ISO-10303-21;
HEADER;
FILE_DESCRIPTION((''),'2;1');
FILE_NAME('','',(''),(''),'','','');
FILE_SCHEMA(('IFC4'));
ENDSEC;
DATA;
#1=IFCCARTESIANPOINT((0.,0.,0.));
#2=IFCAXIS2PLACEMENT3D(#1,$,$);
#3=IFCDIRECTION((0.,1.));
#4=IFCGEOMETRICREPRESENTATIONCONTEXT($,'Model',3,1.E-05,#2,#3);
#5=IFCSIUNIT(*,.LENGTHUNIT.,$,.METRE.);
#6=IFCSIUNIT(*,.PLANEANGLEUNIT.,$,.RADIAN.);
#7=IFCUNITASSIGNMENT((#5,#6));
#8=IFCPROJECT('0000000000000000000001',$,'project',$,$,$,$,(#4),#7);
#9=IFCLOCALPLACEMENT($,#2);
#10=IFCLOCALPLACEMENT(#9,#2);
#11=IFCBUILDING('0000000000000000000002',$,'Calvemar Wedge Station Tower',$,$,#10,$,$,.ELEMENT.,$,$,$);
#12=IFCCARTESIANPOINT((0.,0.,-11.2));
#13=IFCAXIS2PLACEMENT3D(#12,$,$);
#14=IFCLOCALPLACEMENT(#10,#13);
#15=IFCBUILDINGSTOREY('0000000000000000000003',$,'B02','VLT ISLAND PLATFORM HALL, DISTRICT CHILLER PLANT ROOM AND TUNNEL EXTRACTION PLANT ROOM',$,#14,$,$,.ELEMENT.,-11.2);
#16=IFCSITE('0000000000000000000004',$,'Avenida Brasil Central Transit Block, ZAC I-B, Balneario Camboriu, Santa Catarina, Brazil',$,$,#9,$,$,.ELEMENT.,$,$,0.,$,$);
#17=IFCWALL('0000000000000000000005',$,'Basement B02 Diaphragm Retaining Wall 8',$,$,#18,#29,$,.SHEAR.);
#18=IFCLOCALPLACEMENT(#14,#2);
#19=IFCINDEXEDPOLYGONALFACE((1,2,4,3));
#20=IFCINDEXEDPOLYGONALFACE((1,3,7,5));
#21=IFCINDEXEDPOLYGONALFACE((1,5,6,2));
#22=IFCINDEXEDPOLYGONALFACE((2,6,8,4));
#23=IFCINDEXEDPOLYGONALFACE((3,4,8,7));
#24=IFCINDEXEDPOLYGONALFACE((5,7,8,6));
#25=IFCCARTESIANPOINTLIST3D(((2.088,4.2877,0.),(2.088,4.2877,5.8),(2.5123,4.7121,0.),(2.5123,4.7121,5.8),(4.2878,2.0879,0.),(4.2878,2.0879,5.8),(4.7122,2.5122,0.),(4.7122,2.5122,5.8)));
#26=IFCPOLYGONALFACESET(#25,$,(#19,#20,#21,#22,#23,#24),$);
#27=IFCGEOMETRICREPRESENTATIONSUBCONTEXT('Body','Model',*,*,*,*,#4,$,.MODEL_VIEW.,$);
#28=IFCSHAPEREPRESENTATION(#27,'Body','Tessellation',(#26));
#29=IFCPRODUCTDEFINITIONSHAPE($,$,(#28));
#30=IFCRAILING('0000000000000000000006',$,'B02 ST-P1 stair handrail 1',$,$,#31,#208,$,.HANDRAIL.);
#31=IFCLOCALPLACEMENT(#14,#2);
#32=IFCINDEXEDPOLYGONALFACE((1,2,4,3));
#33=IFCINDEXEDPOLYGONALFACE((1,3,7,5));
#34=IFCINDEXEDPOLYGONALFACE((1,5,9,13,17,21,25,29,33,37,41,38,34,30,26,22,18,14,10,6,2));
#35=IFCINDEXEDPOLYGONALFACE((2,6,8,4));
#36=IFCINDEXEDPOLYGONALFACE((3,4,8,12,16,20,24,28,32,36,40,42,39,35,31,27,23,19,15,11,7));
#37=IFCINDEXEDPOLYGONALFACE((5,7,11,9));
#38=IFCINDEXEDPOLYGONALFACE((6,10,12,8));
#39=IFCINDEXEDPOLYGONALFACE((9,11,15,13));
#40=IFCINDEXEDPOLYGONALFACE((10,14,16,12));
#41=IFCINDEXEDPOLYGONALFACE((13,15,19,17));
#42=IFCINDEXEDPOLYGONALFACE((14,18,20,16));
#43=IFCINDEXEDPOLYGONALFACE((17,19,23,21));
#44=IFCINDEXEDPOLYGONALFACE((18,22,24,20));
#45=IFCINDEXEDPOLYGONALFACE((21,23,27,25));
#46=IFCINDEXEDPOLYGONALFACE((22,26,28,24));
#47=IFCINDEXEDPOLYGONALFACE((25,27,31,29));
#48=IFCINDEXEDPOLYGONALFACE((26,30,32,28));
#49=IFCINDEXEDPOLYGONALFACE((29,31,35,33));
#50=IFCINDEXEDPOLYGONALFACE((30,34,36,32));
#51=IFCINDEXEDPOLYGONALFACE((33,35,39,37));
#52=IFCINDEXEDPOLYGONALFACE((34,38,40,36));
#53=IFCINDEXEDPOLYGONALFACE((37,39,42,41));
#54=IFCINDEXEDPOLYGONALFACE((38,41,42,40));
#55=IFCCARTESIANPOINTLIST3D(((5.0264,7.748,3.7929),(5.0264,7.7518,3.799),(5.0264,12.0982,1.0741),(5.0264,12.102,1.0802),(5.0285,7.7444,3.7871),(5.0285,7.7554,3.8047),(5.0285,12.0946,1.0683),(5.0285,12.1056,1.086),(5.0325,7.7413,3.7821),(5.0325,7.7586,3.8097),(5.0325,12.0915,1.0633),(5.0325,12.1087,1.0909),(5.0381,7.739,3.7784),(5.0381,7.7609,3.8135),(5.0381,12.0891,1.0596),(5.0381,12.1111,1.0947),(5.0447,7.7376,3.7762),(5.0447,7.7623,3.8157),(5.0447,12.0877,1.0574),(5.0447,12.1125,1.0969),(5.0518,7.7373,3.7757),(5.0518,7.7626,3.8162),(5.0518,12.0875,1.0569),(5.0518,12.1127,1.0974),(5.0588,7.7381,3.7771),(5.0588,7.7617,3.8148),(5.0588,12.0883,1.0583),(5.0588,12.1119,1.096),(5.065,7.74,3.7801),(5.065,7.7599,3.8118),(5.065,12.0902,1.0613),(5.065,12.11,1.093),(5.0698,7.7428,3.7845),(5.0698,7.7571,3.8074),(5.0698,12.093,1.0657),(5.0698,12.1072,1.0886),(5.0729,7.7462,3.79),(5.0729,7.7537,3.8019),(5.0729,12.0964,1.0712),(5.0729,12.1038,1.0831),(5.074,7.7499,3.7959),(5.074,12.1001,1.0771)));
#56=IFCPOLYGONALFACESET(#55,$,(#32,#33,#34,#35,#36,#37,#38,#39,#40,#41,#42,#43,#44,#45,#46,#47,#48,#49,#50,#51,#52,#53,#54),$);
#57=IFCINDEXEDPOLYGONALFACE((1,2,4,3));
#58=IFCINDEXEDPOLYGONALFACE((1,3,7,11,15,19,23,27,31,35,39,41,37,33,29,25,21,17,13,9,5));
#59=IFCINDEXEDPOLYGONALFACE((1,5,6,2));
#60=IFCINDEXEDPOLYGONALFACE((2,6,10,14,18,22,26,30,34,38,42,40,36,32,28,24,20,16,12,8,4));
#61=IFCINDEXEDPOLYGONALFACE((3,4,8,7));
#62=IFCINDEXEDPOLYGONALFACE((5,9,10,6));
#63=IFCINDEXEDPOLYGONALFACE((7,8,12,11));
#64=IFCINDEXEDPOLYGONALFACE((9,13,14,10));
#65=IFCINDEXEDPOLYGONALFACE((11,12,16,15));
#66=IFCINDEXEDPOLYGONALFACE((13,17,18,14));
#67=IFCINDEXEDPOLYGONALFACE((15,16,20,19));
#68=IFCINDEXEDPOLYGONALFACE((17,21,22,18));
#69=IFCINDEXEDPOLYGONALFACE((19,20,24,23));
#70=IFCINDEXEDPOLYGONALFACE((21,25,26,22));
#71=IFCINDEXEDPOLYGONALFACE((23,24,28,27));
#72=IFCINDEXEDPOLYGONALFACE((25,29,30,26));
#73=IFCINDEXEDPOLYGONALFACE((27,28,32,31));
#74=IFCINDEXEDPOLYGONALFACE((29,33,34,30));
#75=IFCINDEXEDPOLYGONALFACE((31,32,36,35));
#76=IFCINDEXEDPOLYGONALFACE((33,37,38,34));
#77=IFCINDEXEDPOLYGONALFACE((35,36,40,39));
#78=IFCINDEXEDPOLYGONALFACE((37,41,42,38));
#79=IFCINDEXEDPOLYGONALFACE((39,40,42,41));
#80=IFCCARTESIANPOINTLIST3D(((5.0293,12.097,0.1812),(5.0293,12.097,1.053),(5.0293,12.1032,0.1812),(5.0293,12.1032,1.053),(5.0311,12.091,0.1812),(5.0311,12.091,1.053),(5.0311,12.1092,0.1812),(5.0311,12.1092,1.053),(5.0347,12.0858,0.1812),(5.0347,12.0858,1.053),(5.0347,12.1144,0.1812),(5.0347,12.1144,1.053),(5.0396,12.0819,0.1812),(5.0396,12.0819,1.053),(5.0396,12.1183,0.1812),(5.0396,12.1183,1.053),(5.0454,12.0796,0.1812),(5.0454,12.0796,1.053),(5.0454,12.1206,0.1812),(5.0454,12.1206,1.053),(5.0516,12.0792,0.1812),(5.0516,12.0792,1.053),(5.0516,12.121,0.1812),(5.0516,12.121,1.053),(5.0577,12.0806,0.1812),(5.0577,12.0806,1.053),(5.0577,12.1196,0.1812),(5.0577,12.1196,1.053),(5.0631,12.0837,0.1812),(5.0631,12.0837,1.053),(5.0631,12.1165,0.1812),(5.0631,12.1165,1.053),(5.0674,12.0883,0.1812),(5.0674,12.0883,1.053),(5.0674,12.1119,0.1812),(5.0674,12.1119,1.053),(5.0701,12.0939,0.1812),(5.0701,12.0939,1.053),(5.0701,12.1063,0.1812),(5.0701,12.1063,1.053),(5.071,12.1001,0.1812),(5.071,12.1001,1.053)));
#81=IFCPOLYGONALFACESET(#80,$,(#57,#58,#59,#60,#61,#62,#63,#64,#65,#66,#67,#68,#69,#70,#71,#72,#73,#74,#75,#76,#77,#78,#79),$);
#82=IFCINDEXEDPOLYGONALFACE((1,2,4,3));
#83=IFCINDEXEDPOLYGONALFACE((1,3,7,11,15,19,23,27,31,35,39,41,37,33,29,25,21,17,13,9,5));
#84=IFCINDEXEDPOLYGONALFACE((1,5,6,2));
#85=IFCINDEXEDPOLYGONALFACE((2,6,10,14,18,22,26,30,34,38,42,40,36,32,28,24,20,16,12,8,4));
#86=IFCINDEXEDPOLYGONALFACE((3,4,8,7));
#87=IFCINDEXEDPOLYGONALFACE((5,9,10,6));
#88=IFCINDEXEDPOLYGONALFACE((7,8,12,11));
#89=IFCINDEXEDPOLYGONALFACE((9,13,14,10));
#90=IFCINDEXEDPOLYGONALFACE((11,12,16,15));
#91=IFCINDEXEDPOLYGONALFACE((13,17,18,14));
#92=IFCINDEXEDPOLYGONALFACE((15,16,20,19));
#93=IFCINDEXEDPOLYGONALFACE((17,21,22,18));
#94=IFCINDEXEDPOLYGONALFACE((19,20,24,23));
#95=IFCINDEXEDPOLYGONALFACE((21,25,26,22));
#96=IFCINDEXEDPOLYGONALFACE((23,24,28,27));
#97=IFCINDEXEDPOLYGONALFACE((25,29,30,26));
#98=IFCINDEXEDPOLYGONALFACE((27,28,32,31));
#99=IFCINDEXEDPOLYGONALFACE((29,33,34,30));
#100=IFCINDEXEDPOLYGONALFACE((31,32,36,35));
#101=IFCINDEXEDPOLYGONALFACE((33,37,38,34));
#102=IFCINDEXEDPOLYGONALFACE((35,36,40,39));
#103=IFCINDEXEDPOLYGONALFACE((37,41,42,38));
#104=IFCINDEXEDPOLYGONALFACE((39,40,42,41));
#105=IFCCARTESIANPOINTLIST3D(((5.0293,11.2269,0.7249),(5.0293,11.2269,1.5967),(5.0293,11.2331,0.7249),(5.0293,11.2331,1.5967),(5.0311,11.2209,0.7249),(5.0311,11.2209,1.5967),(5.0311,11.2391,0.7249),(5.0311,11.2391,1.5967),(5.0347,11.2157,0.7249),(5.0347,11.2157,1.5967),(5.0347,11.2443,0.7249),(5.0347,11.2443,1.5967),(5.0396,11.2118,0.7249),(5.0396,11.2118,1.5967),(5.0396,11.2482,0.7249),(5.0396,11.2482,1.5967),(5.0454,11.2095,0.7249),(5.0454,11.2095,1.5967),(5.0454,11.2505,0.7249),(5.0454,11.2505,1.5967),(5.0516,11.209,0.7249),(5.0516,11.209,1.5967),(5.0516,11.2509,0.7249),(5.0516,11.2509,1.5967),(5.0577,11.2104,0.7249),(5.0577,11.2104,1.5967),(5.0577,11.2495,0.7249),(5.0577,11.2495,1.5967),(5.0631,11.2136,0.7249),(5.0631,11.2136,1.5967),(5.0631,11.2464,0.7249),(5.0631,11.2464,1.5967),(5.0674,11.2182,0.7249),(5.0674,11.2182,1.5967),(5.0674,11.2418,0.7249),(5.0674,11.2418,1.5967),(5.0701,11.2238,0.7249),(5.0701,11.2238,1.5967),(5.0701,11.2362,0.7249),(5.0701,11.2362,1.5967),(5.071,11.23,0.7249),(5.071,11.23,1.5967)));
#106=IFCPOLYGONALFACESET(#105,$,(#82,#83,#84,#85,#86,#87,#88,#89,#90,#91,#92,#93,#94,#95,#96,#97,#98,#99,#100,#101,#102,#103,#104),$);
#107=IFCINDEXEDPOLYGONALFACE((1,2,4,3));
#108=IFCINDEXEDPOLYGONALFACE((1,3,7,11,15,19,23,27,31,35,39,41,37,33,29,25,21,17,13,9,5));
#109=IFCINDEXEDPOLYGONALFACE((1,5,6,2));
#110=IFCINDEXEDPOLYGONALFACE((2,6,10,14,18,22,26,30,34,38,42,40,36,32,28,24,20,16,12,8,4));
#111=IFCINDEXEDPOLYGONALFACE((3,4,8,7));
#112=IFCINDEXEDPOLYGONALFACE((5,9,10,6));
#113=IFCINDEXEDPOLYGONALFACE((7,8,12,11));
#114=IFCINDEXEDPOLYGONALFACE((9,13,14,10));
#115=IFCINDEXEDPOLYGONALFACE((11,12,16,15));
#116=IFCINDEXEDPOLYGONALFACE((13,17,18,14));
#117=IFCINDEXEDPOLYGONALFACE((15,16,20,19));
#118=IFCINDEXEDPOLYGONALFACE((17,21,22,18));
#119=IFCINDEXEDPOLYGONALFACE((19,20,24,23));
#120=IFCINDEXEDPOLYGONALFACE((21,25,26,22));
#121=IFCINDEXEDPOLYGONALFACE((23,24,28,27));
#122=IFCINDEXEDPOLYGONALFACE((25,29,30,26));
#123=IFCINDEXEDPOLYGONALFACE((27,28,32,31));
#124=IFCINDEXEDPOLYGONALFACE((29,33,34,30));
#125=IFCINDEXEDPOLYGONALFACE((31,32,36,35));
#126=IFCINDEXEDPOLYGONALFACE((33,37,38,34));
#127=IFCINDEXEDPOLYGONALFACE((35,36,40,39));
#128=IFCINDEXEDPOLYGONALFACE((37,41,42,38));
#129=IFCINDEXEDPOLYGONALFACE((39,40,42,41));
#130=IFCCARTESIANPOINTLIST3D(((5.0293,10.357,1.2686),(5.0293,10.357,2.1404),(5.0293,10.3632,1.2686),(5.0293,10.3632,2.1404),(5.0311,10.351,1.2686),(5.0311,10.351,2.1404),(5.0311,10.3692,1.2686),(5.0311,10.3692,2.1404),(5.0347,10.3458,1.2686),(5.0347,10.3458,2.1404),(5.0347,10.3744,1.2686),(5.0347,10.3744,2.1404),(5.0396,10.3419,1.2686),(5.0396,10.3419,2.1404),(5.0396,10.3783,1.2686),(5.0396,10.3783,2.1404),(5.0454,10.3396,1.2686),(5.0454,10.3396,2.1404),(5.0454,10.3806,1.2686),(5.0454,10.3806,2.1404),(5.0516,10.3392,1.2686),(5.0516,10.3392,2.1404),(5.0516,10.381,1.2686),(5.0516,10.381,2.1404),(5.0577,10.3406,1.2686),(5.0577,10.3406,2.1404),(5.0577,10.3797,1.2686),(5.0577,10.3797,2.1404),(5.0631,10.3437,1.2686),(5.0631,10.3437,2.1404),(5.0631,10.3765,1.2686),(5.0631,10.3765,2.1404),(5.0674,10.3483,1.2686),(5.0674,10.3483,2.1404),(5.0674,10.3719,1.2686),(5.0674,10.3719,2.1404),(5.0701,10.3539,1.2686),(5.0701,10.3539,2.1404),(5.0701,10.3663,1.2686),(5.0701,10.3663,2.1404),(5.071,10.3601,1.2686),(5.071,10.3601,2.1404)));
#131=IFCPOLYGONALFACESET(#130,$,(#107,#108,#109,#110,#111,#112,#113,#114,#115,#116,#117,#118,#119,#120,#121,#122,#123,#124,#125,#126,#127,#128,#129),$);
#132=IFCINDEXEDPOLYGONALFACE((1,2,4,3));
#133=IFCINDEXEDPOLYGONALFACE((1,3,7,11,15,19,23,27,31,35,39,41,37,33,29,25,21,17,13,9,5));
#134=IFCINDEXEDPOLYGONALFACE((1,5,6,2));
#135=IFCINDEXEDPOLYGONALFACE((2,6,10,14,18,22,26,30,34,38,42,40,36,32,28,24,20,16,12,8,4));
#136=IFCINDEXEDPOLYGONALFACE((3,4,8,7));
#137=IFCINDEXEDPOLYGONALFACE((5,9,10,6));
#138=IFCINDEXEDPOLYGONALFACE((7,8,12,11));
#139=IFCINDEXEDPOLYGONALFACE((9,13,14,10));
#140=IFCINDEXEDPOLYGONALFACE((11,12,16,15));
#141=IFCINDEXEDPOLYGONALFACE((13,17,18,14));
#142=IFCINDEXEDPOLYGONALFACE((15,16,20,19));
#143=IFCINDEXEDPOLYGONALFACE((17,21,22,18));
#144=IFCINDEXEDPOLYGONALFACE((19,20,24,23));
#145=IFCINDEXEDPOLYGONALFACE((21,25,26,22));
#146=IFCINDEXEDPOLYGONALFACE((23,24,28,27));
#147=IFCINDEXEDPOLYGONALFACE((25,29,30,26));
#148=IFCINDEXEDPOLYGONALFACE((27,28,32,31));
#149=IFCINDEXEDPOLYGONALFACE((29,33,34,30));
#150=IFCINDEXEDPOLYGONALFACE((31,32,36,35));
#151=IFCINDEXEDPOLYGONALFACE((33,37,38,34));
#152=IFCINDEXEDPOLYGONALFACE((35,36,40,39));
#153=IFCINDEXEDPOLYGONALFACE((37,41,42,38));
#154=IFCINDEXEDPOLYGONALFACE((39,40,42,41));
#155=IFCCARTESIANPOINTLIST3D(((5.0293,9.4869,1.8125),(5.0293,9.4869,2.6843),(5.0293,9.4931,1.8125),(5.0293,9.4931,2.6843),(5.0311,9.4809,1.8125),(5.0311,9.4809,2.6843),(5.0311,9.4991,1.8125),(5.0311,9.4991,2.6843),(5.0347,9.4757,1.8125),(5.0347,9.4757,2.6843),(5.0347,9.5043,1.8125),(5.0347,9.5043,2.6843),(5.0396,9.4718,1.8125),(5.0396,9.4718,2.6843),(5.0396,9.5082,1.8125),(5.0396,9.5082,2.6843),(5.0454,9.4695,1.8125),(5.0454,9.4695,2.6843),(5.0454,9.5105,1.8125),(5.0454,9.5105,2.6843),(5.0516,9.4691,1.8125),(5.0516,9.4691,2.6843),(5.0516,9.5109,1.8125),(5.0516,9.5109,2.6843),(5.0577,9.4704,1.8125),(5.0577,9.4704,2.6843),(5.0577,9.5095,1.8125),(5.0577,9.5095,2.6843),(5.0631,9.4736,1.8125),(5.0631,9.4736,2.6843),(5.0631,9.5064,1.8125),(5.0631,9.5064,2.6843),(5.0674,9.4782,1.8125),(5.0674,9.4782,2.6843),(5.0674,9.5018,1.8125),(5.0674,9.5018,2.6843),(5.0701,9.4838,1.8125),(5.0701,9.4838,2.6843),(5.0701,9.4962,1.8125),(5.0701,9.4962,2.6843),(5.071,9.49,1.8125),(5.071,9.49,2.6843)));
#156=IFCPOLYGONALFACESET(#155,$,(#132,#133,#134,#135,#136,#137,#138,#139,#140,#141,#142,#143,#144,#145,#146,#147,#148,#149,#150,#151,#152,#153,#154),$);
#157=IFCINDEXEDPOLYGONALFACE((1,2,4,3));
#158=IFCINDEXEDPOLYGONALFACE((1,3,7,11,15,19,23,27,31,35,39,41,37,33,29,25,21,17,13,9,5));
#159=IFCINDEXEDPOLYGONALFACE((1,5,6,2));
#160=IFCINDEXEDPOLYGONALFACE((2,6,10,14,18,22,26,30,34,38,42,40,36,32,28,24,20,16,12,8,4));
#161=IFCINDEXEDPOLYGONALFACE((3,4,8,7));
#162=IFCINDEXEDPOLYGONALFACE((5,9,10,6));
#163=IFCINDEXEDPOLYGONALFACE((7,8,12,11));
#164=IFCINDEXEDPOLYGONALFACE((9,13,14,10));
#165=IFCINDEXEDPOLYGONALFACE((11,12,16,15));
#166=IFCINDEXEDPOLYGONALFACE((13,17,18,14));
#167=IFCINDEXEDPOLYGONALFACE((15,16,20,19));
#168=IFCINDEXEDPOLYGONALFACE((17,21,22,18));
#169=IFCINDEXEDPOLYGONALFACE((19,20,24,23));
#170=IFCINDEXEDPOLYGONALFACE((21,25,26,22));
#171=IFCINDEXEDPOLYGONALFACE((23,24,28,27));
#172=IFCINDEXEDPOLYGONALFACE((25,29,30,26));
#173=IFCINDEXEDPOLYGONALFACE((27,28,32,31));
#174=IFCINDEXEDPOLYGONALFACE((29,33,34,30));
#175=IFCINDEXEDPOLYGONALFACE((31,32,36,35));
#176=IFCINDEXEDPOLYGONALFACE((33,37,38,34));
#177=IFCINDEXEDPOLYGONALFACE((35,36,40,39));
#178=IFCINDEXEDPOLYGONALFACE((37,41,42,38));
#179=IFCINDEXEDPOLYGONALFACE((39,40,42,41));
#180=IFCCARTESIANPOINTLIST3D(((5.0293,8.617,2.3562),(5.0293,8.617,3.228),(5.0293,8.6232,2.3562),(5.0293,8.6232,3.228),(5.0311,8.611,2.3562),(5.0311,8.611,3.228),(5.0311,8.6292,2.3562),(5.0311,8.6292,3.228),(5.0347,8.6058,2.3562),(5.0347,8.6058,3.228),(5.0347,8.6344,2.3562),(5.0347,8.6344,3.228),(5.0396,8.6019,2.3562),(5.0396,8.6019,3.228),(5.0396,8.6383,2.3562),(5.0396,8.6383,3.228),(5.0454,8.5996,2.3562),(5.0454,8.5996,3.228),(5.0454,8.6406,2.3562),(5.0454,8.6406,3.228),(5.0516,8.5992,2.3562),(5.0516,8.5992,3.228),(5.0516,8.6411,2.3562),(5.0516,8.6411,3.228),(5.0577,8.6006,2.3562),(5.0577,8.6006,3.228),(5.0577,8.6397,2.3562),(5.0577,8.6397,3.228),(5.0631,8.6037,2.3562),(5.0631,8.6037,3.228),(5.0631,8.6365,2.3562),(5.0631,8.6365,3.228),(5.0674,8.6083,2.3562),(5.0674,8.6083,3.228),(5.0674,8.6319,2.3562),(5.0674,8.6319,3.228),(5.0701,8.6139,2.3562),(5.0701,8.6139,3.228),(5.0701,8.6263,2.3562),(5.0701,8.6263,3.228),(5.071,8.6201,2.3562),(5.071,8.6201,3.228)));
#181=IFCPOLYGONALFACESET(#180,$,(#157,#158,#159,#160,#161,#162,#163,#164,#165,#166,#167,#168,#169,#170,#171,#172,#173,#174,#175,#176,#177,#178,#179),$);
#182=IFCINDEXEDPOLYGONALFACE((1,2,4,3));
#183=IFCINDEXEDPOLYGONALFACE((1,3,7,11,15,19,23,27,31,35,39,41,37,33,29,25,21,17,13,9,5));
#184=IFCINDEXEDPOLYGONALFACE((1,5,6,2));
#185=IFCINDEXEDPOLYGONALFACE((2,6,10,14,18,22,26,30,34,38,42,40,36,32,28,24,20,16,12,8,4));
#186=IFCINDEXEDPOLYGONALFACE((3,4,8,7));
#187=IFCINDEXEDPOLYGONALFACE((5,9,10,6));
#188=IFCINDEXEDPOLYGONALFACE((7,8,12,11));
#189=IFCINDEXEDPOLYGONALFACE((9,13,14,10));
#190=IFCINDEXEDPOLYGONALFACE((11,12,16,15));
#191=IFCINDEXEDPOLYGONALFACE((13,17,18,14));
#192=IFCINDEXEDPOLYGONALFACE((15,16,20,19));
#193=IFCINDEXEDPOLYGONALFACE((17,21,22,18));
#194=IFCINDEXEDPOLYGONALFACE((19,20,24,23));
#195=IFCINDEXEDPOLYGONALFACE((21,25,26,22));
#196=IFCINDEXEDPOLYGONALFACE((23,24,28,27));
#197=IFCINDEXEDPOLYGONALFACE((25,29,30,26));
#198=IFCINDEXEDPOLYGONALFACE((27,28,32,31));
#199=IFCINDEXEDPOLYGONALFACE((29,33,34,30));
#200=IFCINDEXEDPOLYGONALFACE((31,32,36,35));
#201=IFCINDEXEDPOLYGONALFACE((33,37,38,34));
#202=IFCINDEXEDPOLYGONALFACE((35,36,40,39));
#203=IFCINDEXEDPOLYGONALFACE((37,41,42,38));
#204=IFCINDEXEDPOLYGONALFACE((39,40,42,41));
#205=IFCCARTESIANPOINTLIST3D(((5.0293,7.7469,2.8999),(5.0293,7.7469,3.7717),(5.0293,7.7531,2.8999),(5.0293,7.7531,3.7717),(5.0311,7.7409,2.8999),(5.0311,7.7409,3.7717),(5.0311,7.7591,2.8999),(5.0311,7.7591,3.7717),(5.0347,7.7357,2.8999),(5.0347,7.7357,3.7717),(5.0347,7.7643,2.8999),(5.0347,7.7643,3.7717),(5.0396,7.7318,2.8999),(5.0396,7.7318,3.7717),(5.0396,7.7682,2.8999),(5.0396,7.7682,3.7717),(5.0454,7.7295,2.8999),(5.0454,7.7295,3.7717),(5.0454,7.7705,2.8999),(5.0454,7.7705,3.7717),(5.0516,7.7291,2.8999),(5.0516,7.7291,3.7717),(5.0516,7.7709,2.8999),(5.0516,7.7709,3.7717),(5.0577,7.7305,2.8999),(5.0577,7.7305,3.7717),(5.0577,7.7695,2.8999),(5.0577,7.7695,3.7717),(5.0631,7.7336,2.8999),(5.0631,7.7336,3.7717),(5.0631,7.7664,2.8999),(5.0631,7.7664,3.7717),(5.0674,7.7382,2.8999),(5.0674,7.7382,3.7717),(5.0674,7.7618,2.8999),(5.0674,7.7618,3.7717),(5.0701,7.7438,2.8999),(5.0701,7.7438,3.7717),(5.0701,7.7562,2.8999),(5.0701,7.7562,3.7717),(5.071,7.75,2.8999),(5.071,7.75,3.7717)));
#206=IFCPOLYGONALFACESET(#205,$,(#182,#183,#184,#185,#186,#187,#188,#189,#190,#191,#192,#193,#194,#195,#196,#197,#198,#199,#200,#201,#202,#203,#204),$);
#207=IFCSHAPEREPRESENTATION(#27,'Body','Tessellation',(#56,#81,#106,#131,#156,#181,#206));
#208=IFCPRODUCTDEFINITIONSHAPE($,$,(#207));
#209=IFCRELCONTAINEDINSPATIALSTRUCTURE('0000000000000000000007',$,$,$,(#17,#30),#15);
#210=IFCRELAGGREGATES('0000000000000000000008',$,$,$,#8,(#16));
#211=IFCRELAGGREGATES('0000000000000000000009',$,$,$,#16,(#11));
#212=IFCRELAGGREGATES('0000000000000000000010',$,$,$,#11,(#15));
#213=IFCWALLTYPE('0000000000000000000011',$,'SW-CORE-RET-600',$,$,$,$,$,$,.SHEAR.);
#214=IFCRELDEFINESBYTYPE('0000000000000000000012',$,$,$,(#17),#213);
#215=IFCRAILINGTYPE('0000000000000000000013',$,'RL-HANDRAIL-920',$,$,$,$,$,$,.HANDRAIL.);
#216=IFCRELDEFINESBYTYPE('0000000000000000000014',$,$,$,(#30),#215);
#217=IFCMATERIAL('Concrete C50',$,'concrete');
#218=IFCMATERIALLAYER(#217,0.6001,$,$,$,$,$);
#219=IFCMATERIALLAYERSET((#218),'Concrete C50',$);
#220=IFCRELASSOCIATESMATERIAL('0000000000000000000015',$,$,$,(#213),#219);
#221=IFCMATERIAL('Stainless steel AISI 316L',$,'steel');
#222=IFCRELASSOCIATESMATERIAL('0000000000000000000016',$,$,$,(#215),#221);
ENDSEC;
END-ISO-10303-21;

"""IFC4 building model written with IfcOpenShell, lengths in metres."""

from ifc_helpers import new_model, si_unit, direction, frame, frame_2d, origin, origin_2d, place, context, subcontext, project, spatial, rectangle, circle, extrude, material, layer, layer_set, type_object, element, save


model = new_model("IFC4")

# Units and contexts
model_context = context("Model", 3, precision=1e-05, world=origin(), true_north=direction((0.0, 1.0)))
body_context = subcontext(model_context, "Body", "Model", "MODEL_VIEW")
ifc_project = project(units=[si_unit("LENGTHUNIT", "METRE"), si_unit("PLANEANGLEUNIT", "RADIAN")], contexts=[model_context])

# Site, building, storey
site_placement = place(None, origin())
site = spatial("IfcSite", under=ifc_project, at=site_placement, Name="Avenida Brasil Central Transit Block, ZAC I-B, Balneario Camboriu, Santa Catarina, Brazil", CompositionType="ELEMENT", RefElevation=0.0)
building_placement = place(site_placement, origin())
building = spatial("IfcBuilding", under=site, at=building_placement, Name="Calvemar Wedge Station Tower", CompositionType="ELEMENT")
storey_placement = place(building_placement, frame((0.0, 0.0, -11.2)))
storey = spatial("IfcBuildingStorey", under=building, at=storey_placement, Name="B02", Description="VLT ISLAND PLATFORM HALL, DISTRICT CHILLER PLANT ROOM AND TUNNEL EXTRACTION PLANT ROOM", CompositionType="ELEMENT", Elevation=-11.2)

# Shared definitions
ifc_material_1 = material(Name="Concrete C50", Category="concrete")

# Wall
ifc_layer_1 = layer(ifc_material_1, 0.6001)
ifc_layer_set_1 = layer_set([ifc_layer_1], Name="Concrete C50")
wall_type_1 = type_object("IfcWallType", Name="SW-CORE-RET-600", PredefinedType="SHEAR", material=ifc_layer_set_1)
wall_1_placement = place(storey_placement, frame((2.3, 4.5, 0.0), z_axis=(0.0, 0.0, 1.0), x_axis=(0.707107, -0.707107, 0.0)))
element("IfcWall", 1, at=wall_1_placement, inside=storey, type_object=wall_type_1, Name="Basement B02 Diaphragm Retaining Wall 8", PredefinedType="SHEAR", context=body_context, shape_type="SweptSolid", body=[
    extrude(rectangle(XDim=3.1111, YDim=0.6001, at=frame_2d((1.5557, 0.0))), origin(), (0.0, 0.0, 1.0), 5.8),
])

# Railing
ifc_material_2 = material(Name="Stainless steel AISI 316L", Category="steel")
railing_type = type_object("IfcRailingType", Name="RL-HANDRAIL-920", PredefinedType="HANDRAIL", material=ifc_material_2)
railing_placement = place(storey_placement, frame((5.05, 12.1001, 0.1812)))
element("IfcRailing", 2, at=railing_placement, inside=storey, type_object=railing_type, Name="B02 ST-P1 stair handrail 1", PredefinedType="HANDRAIL", context=body_context, shape_type="SweptSolid", body=[
    extrude(circle(Radius=0.0239, at=origin_2d()), frame((0.0, 0.0, 0.896), z_axis=(0.0, -0.848004, 0.52999), x_axis=(1.0, 0.0, 0.0)), (0.0, 0.0, 1.0), 5.1299),
    extrude(circle(Radius=0.021, at=origin_2d()), origin(), (0.0, 0.0, 1.0), 0.8718),
    extrude(circle(Radius=0.021, at=origin_2d()), frame((0.0, -0.8701, 0.5437)), (0.0, 0.0, 1.0), 0.8718),
    extrude(circle(Radius=0.021, at=origin_2d()), frame((0.0, -1.74, 1.0874)), (0.0, 0.0, 1.0), 0.8718),
    extrude(circle(Radius=0.021, at=origin_2d()), frame((0.0, -2.6101, 1.6313)), (0.0, 0.0, 1.0), 0.8718),
    extrude(circle(Radius=0.021, at=origin_2d()), frame((0.0, -3.48, 2.175)), (0.0, 0.0, 1.0), 0.8718),
    extrude(circle(Radius=0.021, at=origin_2d()), frame((0.0, -4.3501, 2.7188)), (0.0, 0.0, 1.0), 0.8718),
])

save(model, "model.ifc")
